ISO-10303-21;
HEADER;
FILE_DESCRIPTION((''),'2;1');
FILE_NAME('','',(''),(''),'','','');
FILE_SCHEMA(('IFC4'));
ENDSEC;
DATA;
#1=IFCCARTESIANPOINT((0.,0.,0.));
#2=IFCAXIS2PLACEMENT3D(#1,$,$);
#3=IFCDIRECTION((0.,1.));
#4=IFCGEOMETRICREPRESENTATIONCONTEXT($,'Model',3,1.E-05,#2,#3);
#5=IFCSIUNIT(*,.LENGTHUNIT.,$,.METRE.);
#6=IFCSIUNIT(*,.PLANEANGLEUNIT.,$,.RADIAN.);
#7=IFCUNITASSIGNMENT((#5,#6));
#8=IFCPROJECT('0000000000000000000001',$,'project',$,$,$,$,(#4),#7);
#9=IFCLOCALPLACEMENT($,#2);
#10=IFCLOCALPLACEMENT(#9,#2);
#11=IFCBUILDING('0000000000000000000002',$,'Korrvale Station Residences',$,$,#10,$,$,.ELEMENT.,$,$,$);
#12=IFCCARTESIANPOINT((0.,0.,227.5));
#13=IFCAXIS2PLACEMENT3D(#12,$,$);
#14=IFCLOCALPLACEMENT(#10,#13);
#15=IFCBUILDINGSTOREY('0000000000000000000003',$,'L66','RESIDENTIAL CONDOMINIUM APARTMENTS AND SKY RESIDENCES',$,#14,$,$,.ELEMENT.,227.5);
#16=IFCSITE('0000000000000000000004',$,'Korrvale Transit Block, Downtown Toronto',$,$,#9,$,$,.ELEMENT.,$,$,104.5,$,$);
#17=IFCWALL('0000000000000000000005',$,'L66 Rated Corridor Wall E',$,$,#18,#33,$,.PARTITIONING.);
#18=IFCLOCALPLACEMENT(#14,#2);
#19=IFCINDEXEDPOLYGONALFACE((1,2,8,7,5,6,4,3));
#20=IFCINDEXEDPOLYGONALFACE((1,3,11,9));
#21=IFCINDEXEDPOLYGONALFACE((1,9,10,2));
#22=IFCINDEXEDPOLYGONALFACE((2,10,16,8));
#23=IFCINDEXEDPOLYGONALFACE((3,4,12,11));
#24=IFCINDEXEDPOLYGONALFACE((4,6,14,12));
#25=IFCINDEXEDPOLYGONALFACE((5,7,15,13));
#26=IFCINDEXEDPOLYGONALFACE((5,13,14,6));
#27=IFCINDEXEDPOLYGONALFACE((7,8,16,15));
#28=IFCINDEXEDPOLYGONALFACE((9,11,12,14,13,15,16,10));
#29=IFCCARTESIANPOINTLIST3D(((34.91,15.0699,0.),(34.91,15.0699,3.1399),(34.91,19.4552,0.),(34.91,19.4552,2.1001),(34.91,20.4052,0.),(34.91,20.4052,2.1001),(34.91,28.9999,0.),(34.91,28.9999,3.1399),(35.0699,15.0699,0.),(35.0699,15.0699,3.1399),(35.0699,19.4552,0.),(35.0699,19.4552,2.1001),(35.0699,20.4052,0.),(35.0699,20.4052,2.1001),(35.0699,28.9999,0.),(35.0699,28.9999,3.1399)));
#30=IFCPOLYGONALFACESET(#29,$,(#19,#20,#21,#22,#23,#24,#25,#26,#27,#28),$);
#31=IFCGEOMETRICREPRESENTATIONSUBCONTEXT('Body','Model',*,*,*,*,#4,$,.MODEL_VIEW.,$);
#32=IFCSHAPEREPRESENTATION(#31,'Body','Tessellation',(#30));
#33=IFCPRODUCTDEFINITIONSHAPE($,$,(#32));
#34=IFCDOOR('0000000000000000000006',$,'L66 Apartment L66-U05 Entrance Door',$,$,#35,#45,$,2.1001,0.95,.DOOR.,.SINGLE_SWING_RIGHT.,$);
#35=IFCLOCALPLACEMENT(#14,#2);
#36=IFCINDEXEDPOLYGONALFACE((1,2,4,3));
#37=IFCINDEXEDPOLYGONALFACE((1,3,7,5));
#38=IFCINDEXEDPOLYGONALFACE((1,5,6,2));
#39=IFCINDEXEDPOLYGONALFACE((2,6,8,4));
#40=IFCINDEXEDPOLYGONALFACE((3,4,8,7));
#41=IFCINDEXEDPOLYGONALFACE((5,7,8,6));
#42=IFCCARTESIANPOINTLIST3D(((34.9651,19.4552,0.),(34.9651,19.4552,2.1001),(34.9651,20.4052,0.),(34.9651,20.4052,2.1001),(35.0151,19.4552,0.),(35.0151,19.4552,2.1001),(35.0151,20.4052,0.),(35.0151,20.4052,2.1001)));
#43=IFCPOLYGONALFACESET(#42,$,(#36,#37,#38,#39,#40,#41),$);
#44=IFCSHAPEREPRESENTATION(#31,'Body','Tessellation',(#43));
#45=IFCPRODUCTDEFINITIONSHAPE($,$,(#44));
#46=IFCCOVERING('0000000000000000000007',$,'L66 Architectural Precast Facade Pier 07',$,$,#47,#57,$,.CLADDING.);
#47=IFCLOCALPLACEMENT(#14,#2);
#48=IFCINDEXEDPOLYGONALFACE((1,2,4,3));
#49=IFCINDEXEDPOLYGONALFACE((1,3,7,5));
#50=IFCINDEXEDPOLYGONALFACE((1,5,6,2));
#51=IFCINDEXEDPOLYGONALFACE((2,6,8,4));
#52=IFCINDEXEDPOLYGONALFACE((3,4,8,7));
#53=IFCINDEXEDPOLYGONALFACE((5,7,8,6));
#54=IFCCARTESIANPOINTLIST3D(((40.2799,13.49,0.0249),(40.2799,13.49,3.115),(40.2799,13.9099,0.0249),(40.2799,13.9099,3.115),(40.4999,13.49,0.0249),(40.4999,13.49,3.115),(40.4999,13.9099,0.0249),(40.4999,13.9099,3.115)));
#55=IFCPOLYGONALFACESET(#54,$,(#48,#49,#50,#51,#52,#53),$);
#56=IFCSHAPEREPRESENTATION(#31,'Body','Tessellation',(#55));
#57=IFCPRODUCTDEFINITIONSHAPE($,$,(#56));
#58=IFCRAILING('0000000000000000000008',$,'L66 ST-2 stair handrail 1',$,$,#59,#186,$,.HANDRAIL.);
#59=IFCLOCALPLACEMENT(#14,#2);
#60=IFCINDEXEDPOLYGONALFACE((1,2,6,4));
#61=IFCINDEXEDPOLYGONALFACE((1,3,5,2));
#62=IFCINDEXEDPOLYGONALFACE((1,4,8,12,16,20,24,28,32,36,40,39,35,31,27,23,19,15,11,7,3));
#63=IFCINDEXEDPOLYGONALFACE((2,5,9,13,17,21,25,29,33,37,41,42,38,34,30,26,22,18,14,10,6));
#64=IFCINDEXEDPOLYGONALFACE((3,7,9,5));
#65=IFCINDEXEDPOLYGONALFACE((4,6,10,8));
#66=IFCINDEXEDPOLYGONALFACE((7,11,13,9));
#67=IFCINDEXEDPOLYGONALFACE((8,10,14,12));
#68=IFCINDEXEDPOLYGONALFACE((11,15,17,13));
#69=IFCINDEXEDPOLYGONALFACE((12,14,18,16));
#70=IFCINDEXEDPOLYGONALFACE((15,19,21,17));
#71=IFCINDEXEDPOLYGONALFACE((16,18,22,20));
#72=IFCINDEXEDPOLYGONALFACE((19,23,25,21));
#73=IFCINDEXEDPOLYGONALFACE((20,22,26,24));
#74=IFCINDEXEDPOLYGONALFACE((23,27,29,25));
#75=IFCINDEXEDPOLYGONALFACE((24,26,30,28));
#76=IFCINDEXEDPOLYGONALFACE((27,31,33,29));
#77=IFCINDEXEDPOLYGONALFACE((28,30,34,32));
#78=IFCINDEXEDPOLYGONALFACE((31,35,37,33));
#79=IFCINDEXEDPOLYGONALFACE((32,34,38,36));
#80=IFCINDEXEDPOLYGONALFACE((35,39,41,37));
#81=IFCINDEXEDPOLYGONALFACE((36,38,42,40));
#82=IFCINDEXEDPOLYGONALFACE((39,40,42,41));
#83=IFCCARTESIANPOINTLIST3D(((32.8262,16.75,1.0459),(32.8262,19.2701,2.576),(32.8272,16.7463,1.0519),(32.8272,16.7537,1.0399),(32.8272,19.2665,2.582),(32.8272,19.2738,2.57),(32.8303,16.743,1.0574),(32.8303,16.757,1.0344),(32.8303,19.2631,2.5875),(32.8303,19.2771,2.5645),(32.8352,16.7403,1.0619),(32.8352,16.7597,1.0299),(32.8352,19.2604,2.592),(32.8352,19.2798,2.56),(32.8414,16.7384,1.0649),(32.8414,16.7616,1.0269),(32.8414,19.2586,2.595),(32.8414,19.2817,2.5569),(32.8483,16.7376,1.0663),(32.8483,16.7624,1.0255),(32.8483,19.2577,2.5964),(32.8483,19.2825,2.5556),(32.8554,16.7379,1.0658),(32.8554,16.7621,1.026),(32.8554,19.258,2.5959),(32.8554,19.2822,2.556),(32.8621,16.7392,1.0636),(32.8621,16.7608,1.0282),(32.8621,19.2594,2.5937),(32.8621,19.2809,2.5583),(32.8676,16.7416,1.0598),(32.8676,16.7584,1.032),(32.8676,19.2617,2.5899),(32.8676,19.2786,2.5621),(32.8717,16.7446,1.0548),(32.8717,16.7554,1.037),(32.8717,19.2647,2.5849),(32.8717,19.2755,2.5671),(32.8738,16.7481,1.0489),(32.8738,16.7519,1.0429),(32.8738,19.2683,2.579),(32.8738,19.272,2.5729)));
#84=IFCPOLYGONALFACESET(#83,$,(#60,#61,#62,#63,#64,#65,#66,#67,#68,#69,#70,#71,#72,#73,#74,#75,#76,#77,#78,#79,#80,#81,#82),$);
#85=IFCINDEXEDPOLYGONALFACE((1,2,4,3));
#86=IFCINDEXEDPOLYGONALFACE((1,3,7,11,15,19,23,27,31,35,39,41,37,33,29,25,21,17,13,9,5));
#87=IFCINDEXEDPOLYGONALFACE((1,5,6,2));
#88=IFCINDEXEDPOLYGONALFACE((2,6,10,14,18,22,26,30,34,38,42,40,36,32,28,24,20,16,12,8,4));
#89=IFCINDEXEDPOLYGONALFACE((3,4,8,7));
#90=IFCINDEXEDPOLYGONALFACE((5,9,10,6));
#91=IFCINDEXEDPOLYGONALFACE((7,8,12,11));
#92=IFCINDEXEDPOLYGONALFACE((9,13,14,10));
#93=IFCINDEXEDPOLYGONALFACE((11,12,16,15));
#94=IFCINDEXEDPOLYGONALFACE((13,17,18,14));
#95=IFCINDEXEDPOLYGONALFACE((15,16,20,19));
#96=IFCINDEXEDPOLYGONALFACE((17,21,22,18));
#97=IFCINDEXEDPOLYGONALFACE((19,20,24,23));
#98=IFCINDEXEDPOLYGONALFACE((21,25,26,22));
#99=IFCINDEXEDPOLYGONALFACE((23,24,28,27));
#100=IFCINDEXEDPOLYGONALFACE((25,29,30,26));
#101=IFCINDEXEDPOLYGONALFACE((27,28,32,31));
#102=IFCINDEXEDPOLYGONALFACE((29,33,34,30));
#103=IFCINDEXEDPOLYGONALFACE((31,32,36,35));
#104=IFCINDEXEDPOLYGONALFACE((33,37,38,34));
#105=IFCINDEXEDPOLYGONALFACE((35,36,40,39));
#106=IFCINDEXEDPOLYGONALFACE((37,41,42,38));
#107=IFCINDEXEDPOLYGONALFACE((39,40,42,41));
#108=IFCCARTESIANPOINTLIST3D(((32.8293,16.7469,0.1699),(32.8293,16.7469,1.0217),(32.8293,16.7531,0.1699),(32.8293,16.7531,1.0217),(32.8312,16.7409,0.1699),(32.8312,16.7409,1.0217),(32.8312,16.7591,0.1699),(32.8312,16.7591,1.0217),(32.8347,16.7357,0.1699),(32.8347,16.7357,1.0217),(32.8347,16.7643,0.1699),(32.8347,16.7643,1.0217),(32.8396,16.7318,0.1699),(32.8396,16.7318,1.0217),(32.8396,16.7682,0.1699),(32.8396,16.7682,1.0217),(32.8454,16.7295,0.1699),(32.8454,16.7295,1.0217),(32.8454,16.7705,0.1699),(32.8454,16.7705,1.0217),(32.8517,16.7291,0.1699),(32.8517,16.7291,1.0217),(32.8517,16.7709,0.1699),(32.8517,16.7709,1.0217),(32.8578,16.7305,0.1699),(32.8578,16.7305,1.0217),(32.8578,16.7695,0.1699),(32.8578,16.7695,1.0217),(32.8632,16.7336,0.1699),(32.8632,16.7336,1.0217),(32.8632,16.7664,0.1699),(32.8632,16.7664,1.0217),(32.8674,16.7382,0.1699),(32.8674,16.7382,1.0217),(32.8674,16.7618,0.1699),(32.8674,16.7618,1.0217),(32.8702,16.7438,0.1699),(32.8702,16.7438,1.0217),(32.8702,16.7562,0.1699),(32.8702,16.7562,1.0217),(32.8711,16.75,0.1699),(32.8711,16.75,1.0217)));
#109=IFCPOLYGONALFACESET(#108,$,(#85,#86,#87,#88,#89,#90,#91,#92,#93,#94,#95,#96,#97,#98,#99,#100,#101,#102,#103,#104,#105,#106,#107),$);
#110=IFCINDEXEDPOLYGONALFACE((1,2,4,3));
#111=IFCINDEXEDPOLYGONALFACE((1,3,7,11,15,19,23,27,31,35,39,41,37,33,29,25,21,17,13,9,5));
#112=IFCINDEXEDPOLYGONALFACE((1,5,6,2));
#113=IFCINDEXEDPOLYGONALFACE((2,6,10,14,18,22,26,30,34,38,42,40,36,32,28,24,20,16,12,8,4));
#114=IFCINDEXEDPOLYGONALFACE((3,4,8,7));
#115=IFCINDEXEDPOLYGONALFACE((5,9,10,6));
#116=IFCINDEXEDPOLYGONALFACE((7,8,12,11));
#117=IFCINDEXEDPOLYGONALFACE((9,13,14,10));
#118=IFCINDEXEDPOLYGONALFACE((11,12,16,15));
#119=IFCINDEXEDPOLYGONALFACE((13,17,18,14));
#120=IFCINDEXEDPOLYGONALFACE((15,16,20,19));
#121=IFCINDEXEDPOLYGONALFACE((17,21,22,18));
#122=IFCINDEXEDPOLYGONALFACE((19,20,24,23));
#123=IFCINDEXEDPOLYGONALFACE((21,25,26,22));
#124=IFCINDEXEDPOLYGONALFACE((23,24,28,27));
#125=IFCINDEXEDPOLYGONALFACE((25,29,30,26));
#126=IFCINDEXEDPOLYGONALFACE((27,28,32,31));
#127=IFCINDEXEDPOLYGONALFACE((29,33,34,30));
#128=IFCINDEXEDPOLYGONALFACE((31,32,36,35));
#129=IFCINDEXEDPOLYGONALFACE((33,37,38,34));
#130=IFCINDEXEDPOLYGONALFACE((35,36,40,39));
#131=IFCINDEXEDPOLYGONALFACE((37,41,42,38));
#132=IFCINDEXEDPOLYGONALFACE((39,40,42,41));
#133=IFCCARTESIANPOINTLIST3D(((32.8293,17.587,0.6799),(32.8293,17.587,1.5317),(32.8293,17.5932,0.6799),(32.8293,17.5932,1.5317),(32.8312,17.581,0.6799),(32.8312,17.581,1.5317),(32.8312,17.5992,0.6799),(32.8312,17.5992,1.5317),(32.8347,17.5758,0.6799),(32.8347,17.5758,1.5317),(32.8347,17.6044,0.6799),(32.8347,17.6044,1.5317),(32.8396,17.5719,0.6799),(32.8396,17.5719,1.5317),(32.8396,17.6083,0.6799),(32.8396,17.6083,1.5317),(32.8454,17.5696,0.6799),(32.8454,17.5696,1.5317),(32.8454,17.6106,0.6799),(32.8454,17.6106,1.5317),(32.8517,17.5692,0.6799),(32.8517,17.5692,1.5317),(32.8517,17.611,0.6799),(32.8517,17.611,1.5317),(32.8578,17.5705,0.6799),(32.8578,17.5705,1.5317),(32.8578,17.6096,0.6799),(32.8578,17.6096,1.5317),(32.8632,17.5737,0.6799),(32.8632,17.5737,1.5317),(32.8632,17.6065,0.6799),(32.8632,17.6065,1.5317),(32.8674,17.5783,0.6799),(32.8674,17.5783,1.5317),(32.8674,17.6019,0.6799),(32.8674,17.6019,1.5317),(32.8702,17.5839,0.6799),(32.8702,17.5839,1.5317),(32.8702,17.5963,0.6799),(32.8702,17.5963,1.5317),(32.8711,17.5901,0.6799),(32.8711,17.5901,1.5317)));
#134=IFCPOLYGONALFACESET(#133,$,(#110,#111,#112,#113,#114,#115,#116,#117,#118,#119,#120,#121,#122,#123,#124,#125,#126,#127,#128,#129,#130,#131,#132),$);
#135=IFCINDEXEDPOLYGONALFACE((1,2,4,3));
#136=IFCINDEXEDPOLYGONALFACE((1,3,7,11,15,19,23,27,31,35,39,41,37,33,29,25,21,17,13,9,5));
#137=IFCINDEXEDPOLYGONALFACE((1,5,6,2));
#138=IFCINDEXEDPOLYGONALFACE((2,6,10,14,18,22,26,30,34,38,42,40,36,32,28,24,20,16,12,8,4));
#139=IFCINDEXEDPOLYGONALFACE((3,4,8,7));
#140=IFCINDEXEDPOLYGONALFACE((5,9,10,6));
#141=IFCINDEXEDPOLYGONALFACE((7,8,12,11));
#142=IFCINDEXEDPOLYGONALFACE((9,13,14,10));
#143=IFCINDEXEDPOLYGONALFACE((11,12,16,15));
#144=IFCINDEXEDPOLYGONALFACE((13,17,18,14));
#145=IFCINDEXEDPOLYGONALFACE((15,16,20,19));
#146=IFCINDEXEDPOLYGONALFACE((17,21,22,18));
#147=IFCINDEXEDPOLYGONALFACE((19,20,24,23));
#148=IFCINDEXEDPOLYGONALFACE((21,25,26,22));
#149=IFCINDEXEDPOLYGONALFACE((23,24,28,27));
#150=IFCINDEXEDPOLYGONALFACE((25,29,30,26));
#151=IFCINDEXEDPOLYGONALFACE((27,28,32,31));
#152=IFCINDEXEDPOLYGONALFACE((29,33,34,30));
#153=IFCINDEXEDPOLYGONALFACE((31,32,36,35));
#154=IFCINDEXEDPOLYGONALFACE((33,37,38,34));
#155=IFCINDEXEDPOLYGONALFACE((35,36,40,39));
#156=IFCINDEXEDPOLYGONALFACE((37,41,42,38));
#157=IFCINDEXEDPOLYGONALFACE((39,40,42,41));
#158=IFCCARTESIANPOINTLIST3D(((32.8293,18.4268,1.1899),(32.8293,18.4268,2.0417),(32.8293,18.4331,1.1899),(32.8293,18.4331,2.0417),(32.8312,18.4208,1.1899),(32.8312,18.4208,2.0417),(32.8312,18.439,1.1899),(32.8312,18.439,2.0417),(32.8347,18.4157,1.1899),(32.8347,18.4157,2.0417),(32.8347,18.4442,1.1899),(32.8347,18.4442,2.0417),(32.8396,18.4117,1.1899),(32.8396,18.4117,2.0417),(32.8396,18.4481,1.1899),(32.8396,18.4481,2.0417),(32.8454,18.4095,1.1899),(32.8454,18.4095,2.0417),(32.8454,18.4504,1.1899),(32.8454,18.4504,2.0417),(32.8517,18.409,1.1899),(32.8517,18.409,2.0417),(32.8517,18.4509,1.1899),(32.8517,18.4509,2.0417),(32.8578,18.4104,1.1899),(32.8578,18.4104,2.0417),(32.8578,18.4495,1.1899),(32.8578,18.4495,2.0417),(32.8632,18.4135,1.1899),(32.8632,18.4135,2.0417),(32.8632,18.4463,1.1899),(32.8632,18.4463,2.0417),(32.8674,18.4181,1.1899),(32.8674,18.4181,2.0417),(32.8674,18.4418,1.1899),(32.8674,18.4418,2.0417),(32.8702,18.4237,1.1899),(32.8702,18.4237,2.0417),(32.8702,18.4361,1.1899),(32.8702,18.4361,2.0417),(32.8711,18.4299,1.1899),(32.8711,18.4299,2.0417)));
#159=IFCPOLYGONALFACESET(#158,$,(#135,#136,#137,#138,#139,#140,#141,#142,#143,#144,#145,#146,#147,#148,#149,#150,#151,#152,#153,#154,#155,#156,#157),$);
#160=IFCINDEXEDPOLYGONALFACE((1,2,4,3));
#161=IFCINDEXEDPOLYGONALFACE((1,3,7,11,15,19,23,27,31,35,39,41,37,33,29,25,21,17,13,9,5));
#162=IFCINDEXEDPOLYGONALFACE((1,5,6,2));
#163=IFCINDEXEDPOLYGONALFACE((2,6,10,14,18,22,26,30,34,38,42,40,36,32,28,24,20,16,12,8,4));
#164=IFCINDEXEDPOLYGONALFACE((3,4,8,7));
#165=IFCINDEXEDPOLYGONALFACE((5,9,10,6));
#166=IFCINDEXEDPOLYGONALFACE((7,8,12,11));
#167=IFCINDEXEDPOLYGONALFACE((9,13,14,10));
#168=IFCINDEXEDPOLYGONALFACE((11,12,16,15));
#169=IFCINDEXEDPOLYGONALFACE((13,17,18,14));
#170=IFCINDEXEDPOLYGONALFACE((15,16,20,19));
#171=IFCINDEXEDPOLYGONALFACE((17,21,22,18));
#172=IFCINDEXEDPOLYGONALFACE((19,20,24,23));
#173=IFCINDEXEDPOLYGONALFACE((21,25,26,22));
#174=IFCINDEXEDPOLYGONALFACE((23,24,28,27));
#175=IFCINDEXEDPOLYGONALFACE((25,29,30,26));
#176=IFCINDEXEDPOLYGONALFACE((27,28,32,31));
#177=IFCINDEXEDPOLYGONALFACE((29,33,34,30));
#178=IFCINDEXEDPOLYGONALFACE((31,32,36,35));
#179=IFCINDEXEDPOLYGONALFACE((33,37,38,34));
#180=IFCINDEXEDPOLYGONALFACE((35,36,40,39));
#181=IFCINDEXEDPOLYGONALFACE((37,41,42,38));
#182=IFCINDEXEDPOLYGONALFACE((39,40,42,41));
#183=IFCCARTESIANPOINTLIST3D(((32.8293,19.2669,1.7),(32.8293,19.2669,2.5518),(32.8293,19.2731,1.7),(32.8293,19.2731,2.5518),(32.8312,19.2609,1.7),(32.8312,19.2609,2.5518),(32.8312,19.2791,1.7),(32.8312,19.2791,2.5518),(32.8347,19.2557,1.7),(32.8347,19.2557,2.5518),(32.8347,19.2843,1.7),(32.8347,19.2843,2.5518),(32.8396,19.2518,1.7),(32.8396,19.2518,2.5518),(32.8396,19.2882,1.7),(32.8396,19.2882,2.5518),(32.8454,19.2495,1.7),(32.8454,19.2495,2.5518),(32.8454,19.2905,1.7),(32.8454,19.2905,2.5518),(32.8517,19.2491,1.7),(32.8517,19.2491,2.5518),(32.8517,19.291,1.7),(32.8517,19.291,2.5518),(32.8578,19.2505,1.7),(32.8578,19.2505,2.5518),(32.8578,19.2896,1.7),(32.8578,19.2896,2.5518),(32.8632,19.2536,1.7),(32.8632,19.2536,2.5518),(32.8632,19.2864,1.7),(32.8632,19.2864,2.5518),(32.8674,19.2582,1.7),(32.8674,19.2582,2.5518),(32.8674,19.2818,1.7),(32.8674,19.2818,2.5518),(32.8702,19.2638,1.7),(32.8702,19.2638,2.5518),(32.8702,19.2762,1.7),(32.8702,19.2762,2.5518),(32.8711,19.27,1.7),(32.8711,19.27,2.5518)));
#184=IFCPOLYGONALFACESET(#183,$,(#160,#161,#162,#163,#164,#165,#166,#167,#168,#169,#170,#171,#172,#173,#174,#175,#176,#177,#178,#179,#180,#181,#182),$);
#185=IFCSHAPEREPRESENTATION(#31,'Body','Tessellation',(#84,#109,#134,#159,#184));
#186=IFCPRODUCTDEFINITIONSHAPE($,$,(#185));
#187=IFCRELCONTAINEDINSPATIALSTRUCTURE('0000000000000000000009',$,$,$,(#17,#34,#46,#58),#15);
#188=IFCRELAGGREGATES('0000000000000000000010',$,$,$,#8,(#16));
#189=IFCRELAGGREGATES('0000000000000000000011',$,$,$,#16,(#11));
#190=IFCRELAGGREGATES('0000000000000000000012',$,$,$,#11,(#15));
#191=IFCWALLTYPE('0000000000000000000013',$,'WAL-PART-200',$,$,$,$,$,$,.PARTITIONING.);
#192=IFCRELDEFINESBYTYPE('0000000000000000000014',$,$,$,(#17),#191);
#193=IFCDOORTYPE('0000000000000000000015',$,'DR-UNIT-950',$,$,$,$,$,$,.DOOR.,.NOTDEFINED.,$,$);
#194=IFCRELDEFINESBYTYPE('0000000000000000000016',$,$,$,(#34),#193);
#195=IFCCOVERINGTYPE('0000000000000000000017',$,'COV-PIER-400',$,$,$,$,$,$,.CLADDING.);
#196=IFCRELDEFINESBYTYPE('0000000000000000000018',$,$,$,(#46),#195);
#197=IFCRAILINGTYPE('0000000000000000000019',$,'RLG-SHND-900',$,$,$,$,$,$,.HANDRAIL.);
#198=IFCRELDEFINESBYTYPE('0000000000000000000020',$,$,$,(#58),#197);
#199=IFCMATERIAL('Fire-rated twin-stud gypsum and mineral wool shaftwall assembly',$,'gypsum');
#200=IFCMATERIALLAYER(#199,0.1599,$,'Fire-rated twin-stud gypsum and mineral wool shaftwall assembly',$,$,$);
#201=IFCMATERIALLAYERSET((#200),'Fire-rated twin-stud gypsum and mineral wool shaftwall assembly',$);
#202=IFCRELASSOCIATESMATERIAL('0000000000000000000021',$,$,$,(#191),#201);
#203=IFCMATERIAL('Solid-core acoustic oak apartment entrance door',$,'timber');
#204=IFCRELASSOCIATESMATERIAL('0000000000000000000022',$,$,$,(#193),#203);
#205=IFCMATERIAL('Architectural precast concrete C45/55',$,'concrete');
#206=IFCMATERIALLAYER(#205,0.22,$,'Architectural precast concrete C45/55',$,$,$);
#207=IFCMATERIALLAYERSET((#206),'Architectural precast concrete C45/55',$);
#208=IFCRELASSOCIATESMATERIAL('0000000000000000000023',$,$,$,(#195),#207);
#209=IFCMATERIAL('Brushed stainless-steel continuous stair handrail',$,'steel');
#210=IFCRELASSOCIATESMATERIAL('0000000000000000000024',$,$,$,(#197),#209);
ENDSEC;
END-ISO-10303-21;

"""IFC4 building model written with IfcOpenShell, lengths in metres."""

from ifc_helpers import new_model, si_unit, direction, frame, frame_2d, origin, origin_2d, place, context, subcontext, project, spatial, rectangle, circle, extrude, material, layer, layer_set, type_object, element, fill, save


model = new_model("IFC4")

# Units and contexts
model_context = context("Model", 3, precision=1e-05, world=origin(), true_north=direction((0.0, 1.0)))
body_context = subcontext(model_context, "Body", "Model", "MODEL_VIEW")
ifc_project = project(units=[si_unit("LENGTHUNIT", "METRE"), si_unit("PLANEANGLEUNIT", "RADIAN")], contexts=[model_context])

# Site, building, storey
site_placement = place(None, origin())
site = spatial("IfcSite", under=ifc_project, at=site_placement, Name="Korrvale Transit Block, Downtown Toronto", CompositionType="ELEMENT", RefElevation=104.5)
building_placement = place(site_placement, origin())
building = spatial("IfcBuilding", under=site, at=building_placement, Name="Korrvale Station Residences", CompositionType="ELEMENT")
storey_placement = place(building_placement, frame((0.0, 0.0, 227.5)))
storey = spatial("IfcBuildingStorey", under=building, at=storey_placement, Name="L66", Description="RESIDENTIAL CONDOMINIUM APARTMENTS AND SKY RESIDENCES", CompositionType="ELEMENT", Elevation=227.5)

# Shared definitions
ifc_material_1 = material(Name="Fire-rated twin-stud gypsum and mineral wool shaftwall assembly", Category="gypsum")
ifc_layer_1 = layer(ifc_material_1, 0.1599, Name="Fire-rated twin-stud gypsum and mineral wool shaftwall assembly")
ifc_layer_set_1 = layer_set([ifc_layer_1], Name="Fire-rated twin-stud gypsum and mineral wool shaftwall assembly")
wall_type_1 = type_object("IfcWallType", Name="WAL-PART-200", PredefinedType="PARTITIONING", material=ifc_layer_set_1)

# Wall, opening, door
wall_1_placement = place(storey_placement, frame((34.99, 15.0701, 0.0), z_axis=(0.0, 0.0, 1.0), x_axis=(0.0, 1.0, 0.0)))
wall_1 = element("IfcWall", 1, at=wall_1_placement, inside=storey, type_object=wall_type_1, Name="L66 Rated Corridor Wall E", PredefinedType="PARTITIONING", context=body_context, shape_type="SweptSolid", body=[
    extrude(rectangle(XDim=13.9299, YDim=0.1599, at=frame_2d((6.9648, 0.0))), origin(), (0.0, 0.0, 1.0), 3.1399),
])
opening_1_placement = place(wall_1_placement, frame((4.385, 0.0, 0.0)))
opening_1 = element("IfcOpeningElement", 2, at=opening_1_placement, cuts=wall_1, PredefinedType="OPENING", context=body_context, shape_type="SweptSolid", body=[
    extrude(rectangle(XDim=0.95, YDim=2.1001, at=frame_2d((0.4751, 1.05))), frame((0.0, 0.0898, 0.0), z_axis=(0.0, -1.0, 0.0), x_axis=(1.0, 0.0, 0.0)), (0.0, 0.0, 1.0), 0.1799),
])
ifc_material_2 = material(Name="Solid-core acoustic oak apartment entrance door", Category="timber")
door_type_1 = type_object("IfcDoorType", Name="DR-UNIT-950", OperationType="NOTDEFINED", PredefinedType="DOOR", material=ifc_material_2)
door_1_placement = place(opening_1_placement, origin())
door_1 = element("IfcDoor", 3, at=door_1_placement, inside=storey, type_object=door_type_1, Name="L66 Apartment L66-U05 Entrance Door", OperationType="SINGLE_SWING_RIGHT", OverallHeight=2.1001, OverallWidth=0.95, PredefinedType="DOOR", context=body_context, shape_type="SweptSolid", body=[
    extrude(rectangle(XDim=0.95, YDim=2.1001, at=frame_2d((0.4751, 1.05))), frame((0.0, 0.0249, 0.0), z_axis=(0.0, -1.0, 0.0), x_axis=(1.0, 0.0, 0.0)), (0.0, 0.0, 1.0), 0.05),
])
fill(opening_1, door_1)

# Covering
ifc_material_3 = material(Name="Architectural precast concrete C45/55", Category="concrete")
ifc_layer_2 = layer(ifc_material_3, 0.22, Name="Architectural precast concrete C45/55")
ifc_layer_set_2 = layer_set([ifc_layer_2], Name="Architectural precast concrete C45/55")
covering_type = type_object("IfcCoveringType", Name="COV-PIER-400", PredefinedType="CLADDING", material=ifc_layer_set_2)
covering_placement = place(storey_placement, frame((40.3899, 13.7, 0.0249), z_axis=(0.0, 0.0, 1.0), x_axis=(0.0, 1.0, 0.0)))
element("IfcCovering", 4, at=covering_placement, inside=storey, type_object=covering_type, Name="L66 Architectural Precast Facade Pier 07", PredefinedType="CLADDING", context=body_context, shape_type="SweptSolid", body=[
    extrude(rectangle(XDim=0.4199, YDim=0.22, at=origin_2d()), origin(), (0.0, 0.0, 1.0), 3.0901),
])

# Railing
ifc_material_4 = material(Name="Brushed stainless-steel continuous stair handrail", Category="steel")
railing_type = type_object("IfcRailingType", Name="RLG-SHND-900", PredefinedType="HANDRAIL", material=ifc_material_4)
railing_placement = place(storey_placement, frame((32.8501, 16.75, 0.1699)))
element("IfcRailing", 5, at=railing_placement, inside=storey, type_object=railing_type, Name="L66 ST-2 stair handrail 1", PredefinedType="HANDRAIL", context=body_context, shape_type="SweptSolid", body=[
    extrude(circle(Radius=0.0239, at=origin_2d()), frame((0.0, 0.0, 0.876), z_axis=(0.0, 0.854785, 0.518982), x_axis=(-1.0, 0.0, 0.0)), (0.0, 0.0, 1.0), 2.9482),
    extrude(circle(Radius=0.021, at=origin_2d()), origin(), (0.0, 0.0, 1.0), 0.8518),
    extrude(circle(Radius=0.021, at=origin_2d()), frame((0.0, 0.8401, 0.51)), (0.0, 0.0, 1.0), 0.8518),
    extrude(circle(Radius=0.021, at=origin_2d()), frame((0.0, 1.6799, 1.02)), (0.0, 0.0, 1.0), 0.8518),
    extrude(circle(Radius=0.021, at=origin_2d()), frame((0.0, 2.52, 1.53)), (0.0, 0.0, 1.0), 0.8518),
])

save(model, "model.ifc")
